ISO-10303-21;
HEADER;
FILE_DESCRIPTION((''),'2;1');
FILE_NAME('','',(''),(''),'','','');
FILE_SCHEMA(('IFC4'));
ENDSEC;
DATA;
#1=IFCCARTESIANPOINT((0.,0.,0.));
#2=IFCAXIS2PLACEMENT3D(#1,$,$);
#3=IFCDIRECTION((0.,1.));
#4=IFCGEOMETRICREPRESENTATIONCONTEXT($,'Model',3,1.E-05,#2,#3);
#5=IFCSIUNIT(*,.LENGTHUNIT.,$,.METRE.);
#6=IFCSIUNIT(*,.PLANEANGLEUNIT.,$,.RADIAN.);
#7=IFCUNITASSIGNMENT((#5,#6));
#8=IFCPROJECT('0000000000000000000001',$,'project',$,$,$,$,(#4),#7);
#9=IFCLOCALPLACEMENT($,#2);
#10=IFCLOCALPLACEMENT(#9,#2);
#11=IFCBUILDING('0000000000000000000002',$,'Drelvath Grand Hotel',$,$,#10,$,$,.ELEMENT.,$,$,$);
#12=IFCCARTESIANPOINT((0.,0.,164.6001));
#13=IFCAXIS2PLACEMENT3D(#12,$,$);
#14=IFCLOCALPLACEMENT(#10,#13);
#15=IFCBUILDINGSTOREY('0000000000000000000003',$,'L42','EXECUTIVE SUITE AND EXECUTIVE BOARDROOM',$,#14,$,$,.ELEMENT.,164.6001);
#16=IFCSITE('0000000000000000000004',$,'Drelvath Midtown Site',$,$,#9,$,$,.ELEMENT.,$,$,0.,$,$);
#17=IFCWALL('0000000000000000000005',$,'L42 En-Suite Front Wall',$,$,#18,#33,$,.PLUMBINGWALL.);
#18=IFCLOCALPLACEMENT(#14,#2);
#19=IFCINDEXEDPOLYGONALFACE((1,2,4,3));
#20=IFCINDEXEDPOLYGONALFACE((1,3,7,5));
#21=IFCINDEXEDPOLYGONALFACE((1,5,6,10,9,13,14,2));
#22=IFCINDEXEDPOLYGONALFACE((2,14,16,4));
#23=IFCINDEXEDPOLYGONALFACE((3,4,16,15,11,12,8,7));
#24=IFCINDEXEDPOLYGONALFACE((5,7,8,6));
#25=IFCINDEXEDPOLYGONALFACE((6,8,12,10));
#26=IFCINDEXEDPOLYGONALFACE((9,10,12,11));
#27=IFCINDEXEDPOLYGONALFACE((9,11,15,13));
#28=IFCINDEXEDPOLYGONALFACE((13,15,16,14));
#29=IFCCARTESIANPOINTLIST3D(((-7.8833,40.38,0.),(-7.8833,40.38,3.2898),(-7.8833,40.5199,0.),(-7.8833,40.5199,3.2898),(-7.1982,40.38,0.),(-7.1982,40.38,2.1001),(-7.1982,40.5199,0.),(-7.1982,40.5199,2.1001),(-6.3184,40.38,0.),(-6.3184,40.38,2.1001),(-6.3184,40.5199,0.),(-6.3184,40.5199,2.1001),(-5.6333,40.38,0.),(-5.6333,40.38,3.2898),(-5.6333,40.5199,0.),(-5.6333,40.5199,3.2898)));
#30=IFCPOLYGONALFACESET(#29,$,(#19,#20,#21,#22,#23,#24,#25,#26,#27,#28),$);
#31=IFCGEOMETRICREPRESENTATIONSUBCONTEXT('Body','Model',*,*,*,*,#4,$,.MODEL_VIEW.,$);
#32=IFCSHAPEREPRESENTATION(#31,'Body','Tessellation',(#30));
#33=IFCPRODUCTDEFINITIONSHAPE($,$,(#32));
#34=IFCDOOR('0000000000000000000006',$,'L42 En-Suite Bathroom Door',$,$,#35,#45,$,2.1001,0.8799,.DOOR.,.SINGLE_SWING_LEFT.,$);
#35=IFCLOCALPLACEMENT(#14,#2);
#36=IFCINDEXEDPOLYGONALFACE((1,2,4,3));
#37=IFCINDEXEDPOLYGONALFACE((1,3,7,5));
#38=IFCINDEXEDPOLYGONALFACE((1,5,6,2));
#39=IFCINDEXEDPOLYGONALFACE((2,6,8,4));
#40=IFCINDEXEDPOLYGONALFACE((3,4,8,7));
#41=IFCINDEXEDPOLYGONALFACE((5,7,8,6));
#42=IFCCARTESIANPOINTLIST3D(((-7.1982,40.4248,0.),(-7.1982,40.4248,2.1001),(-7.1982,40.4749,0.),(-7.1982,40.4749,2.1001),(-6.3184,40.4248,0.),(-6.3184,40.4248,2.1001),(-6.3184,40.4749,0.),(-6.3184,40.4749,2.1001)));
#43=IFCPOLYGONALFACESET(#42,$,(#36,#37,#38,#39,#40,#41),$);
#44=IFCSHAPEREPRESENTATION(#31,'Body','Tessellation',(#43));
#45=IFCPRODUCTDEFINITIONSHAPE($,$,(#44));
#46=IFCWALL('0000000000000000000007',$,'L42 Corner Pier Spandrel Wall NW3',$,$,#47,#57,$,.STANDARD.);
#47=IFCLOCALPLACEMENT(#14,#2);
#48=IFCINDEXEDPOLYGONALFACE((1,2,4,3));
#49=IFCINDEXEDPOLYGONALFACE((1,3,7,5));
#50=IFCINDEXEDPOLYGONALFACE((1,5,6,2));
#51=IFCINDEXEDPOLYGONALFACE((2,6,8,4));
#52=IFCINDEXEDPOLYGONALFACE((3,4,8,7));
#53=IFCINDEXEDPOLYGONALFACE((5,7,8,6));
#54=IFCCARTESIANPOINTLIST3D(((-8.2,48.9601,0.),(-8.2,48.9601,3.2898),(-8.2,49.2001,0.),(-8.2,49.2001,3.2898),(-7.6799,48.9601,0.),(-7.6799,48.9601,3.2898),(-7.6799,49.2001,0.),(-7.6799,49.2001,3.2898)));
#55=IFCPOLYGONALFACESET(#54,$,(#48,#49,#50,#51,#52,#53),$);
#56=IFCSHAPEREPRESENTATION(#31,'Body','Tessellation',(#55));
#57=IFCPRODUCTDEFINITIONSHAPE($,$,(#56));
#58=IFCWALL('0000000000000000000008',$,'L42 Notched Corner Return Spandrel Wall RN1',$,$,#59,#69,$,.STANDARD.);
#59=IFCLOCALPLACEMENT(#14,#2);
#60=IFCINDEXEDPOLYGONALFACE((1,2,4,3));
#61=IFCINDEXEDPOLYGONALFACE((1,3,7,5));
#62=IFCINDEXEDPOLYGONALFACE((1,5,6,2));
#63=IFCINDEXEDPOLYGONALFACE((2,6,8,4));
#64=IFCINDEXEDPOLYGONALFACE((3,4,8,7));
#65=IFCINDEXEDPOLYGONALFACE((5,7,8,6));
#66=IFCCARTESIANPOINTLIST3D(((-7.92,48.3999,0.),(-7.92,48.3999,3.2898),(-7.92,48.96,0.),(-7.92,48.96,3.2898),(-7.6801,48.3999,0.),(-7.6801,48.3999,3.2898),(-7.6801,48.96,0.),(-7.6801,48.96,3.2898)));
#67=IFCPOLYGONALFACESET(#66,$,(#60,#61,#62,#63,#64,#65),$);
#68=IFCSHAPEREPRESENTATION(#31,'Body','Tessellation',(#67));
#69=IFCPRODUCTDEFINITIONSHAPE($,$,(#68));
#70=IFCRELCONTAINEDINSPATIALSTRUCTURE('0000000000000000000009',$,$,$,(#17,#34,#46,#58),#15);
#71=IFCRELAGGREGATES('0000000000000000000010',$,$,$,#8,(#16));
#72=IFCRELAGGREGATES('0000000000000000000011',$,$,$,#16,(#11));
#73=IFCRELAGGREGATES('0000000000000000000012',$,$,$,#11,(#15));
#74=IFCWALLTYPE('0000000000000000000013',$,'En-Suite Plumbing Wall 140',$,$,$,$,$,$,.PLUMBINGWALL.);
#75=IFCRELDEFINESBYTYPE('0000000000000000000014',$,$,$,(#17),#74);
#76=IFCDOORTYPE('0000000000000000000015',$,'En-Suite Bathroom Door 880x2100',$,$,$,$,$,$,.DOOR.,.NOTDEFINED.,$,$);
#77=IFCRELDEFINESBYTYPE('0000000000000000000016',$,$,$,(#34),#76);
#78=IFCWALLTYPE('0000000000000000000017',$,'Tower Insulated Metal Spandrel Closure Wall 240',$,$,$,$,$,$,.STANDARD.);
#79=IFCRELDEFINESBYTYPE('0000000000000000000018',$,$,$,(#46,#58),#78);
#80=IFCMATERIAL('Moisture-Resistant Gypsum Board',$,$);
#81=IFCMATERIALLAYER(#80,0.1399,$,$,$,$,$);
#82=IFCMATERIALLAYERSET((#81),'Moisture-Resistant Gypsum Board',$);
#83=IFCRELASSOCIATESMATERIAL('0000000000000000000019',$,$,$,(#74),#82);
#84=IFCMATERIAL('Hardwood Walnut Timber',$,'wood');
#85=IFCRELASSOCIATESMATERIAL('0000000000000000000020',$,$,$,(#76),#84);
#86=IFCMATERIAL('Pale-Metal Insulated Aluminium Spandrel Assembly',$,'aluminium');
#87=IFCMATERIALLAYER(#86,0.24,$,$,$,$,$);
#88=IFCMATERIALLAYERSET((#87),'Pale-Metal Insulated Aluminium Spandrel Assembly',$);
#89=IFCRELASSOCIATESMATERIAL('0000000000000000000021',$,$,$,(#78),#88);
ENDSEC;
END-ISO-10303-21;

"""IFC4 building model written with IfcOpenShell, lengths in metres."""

from ifc_helpers import new_model, si_unit, direction, frame, frame_2d, origin, place, context, subcontext, project, spatial, rectangle, extrude, material, layer, layer_set, type_object, element, fill, save


model = new_model("IFC4")

# Units and contexts
model_context = context("Model", 3, precision=1e-05, world=origin(), true_north=direction((0.0, 1.0)))
body_context = subcontext(model_context, "Body", "Model", "MODEL_VIEW")
ifc_project = project(units=[si_unit("LENGTHUNIT", "METRE"), si_unit("PLANEANGLEUNIT", "RADIAN")], contexts=[model_context])

# Site, building, storey
site_placement = place(None, origin())
site = spatial("IfcSite", under=ifc_project, at=site_placement, Name="Drelvath Midtown Site", CompositionType="ELEMENT", RefElevation=0.0)
building_placement = place(site_placement, origin())
building = spatial("IfcBuilding", under=site, at=building_placement, Name="Drelvath Grand Hotel", CompositionType="ELEMENT")
storey_placement = place(building_placement, frame((0.0, 0.0, 164.6001)))
storey = spatial("IfcBuildingStorey", under=building, at=storey_placement, Name="L42", Description="EXECUTIVE SUITE AND EXECUTIVE BOARDROOM", CompositionType="ELEMENT", Elevation=164.6001)

# Wall, opening, door
ifc_material_1 = material(Name="Moisture-Resistant Gypsum Board")
ifc_layer_1 = layer(ifc_material_1, 0.1399)
ifc_layer_set_1 = layer_set([ifc_layer_1], Name="Moisture-Resistant Gypsum Board")
wall_type_1 = type_object("IfcWallType", Name="En-Suite Plumbing Wall 140", PredefinedType="PLUMBINGWALL", material=ifc_layer_set_1)
wall_1_placement = place(storey_placement, frame((-7.8833, 40.45, 0.0), z_axis=(0.0, 0.0, 1.0), x_axis=(1.0, 0.0, 0.0)))
wall_1 = element("IfcWall", 1, at=wall_1_placement, inside=storey, type_object=wall_type_1, Name="L42 En-Suite Front Wall", PredefinedType="PLUMBINGWALL", context=body_context, shape_type="SweptSolid", body=[
    extrude(rectangle(XDim=2.25, YDim=0.1399, at=frame_2d((1.125, 0.0))), origin(), (0.0, 0.0, 1.0), 3.2898),
])
opening_placement = place(wall_1_placement, frame((0.6851, 0.0, 0.0)))
opening = element("IfcOpeningElement", 2, at=opening_placement, cuts=wall_1, PredefinedType="OPENING", context=body_context, shape_type="SweptSolid", body=[
    extrude(rectangle(XDim=0.8799, YDim=2.1001, at=frame_2d((0.4399, 1.05))), frame((0.0, 0.0798, 0.0), z_axis=(0.0, -1.0, 0.0), x_axis=(1.0, 0.0, 0.0)), (0.0, 0.0, 1.0), 0.1599),
])
ifc_material_2 = material(Name="Hardwood Walnut Timber", Category="wood")
door_type = type_object("IfcDoorType", Name="En-Suite Bathroom Door 880x2100", OperationType="NOTDEFINED", PredefinedType="DOOR", material=ifc_material_2)
door_placement = place(opening_placement, origin())
door = element("IfcDoor", 3, at=door_placement, inside=storey, type_object=door_type, Name="L42 En-Suite Bathroom Door", OperationType="SINGLE_SWING_LEFT", OverallHeight=2.1001, OverallWidth=0.8799, PredefinedType="DOOR", context=body_context, shape_type="SweptSolid", body=[
    extrude(rectangle(XDim=0.8799, YDim=2.1001, at=frame_2d((0.4399, 1.05))), frame((0.0, 0.0249, 0.0), z_axis=(0.0, -1.0, 0.0), x_axis=(1.0, 0.0, 0.0)), (0.0, 0.0, 1.0), 0.05),
])
fill(opening, door)

# Walls
ifc_material_3 = material(Name="Pale-Metal Insulated Aluminium Spandrel Assembly", Category="aluminium")
ifc_layer_2 = layer(ifc_material_3, 0.24)
ifc_layer_set_2 = layer_set([ifc_layer_2], Name="Pale-Metal Insulated Aluminium Spandrel Assembly")
wall_type_2 = type_object("IfcWallType", Name="Tower Insulated Metal Spandrel Closure Wall 240", PredefinedType="STANDARD", material=ifc_layer_set_2)
wall_2_placement = place(storey_placement, frame((-8.2, 49.0801, 0.0), z_axis=(0.0, 0.0, 1.0), x_axis=(1.0, 0.0, 0.0)))
element("IfcWall", 4, at=wall_2_placement, inside=storey, type_object=wall_type_2, Name="L42 Corner Pier Spandrel Wall NW3", PredefinedType="STANDARD", context=body_context, shape_type="SweptSolid", body=[
    extrude(rectangle(XDim=0.52, YDim=0.24, at=frame_2d((0.26, 0.0))), origin(), (0.0, 0.0, 1.0), 3.2898),
])
wall_3_placement = place(storey_placement, frame((-7.8, 48.96, 0.0), z_axis=(0.0, 0.0, 1.0), x_axis=(0.0, -1.0, 0.0)))
element("IfcWall", 5, at=wall_3_placement, inside=storey, type_object=wall_type_2, Name="L42 Notched Corner Return Spandrel Wall RN1", PredefinedType="STANDARD", context=body_context, shape_type="SweptSolid", body=[
    extrude(rectangle(XDim=0.5601, YDim=0.24, at=frame_2d((0.28, 0.0))), origin(), (0.0, 0.0, 1.0), 3.2898),
])

save(model, "model.ifc")
